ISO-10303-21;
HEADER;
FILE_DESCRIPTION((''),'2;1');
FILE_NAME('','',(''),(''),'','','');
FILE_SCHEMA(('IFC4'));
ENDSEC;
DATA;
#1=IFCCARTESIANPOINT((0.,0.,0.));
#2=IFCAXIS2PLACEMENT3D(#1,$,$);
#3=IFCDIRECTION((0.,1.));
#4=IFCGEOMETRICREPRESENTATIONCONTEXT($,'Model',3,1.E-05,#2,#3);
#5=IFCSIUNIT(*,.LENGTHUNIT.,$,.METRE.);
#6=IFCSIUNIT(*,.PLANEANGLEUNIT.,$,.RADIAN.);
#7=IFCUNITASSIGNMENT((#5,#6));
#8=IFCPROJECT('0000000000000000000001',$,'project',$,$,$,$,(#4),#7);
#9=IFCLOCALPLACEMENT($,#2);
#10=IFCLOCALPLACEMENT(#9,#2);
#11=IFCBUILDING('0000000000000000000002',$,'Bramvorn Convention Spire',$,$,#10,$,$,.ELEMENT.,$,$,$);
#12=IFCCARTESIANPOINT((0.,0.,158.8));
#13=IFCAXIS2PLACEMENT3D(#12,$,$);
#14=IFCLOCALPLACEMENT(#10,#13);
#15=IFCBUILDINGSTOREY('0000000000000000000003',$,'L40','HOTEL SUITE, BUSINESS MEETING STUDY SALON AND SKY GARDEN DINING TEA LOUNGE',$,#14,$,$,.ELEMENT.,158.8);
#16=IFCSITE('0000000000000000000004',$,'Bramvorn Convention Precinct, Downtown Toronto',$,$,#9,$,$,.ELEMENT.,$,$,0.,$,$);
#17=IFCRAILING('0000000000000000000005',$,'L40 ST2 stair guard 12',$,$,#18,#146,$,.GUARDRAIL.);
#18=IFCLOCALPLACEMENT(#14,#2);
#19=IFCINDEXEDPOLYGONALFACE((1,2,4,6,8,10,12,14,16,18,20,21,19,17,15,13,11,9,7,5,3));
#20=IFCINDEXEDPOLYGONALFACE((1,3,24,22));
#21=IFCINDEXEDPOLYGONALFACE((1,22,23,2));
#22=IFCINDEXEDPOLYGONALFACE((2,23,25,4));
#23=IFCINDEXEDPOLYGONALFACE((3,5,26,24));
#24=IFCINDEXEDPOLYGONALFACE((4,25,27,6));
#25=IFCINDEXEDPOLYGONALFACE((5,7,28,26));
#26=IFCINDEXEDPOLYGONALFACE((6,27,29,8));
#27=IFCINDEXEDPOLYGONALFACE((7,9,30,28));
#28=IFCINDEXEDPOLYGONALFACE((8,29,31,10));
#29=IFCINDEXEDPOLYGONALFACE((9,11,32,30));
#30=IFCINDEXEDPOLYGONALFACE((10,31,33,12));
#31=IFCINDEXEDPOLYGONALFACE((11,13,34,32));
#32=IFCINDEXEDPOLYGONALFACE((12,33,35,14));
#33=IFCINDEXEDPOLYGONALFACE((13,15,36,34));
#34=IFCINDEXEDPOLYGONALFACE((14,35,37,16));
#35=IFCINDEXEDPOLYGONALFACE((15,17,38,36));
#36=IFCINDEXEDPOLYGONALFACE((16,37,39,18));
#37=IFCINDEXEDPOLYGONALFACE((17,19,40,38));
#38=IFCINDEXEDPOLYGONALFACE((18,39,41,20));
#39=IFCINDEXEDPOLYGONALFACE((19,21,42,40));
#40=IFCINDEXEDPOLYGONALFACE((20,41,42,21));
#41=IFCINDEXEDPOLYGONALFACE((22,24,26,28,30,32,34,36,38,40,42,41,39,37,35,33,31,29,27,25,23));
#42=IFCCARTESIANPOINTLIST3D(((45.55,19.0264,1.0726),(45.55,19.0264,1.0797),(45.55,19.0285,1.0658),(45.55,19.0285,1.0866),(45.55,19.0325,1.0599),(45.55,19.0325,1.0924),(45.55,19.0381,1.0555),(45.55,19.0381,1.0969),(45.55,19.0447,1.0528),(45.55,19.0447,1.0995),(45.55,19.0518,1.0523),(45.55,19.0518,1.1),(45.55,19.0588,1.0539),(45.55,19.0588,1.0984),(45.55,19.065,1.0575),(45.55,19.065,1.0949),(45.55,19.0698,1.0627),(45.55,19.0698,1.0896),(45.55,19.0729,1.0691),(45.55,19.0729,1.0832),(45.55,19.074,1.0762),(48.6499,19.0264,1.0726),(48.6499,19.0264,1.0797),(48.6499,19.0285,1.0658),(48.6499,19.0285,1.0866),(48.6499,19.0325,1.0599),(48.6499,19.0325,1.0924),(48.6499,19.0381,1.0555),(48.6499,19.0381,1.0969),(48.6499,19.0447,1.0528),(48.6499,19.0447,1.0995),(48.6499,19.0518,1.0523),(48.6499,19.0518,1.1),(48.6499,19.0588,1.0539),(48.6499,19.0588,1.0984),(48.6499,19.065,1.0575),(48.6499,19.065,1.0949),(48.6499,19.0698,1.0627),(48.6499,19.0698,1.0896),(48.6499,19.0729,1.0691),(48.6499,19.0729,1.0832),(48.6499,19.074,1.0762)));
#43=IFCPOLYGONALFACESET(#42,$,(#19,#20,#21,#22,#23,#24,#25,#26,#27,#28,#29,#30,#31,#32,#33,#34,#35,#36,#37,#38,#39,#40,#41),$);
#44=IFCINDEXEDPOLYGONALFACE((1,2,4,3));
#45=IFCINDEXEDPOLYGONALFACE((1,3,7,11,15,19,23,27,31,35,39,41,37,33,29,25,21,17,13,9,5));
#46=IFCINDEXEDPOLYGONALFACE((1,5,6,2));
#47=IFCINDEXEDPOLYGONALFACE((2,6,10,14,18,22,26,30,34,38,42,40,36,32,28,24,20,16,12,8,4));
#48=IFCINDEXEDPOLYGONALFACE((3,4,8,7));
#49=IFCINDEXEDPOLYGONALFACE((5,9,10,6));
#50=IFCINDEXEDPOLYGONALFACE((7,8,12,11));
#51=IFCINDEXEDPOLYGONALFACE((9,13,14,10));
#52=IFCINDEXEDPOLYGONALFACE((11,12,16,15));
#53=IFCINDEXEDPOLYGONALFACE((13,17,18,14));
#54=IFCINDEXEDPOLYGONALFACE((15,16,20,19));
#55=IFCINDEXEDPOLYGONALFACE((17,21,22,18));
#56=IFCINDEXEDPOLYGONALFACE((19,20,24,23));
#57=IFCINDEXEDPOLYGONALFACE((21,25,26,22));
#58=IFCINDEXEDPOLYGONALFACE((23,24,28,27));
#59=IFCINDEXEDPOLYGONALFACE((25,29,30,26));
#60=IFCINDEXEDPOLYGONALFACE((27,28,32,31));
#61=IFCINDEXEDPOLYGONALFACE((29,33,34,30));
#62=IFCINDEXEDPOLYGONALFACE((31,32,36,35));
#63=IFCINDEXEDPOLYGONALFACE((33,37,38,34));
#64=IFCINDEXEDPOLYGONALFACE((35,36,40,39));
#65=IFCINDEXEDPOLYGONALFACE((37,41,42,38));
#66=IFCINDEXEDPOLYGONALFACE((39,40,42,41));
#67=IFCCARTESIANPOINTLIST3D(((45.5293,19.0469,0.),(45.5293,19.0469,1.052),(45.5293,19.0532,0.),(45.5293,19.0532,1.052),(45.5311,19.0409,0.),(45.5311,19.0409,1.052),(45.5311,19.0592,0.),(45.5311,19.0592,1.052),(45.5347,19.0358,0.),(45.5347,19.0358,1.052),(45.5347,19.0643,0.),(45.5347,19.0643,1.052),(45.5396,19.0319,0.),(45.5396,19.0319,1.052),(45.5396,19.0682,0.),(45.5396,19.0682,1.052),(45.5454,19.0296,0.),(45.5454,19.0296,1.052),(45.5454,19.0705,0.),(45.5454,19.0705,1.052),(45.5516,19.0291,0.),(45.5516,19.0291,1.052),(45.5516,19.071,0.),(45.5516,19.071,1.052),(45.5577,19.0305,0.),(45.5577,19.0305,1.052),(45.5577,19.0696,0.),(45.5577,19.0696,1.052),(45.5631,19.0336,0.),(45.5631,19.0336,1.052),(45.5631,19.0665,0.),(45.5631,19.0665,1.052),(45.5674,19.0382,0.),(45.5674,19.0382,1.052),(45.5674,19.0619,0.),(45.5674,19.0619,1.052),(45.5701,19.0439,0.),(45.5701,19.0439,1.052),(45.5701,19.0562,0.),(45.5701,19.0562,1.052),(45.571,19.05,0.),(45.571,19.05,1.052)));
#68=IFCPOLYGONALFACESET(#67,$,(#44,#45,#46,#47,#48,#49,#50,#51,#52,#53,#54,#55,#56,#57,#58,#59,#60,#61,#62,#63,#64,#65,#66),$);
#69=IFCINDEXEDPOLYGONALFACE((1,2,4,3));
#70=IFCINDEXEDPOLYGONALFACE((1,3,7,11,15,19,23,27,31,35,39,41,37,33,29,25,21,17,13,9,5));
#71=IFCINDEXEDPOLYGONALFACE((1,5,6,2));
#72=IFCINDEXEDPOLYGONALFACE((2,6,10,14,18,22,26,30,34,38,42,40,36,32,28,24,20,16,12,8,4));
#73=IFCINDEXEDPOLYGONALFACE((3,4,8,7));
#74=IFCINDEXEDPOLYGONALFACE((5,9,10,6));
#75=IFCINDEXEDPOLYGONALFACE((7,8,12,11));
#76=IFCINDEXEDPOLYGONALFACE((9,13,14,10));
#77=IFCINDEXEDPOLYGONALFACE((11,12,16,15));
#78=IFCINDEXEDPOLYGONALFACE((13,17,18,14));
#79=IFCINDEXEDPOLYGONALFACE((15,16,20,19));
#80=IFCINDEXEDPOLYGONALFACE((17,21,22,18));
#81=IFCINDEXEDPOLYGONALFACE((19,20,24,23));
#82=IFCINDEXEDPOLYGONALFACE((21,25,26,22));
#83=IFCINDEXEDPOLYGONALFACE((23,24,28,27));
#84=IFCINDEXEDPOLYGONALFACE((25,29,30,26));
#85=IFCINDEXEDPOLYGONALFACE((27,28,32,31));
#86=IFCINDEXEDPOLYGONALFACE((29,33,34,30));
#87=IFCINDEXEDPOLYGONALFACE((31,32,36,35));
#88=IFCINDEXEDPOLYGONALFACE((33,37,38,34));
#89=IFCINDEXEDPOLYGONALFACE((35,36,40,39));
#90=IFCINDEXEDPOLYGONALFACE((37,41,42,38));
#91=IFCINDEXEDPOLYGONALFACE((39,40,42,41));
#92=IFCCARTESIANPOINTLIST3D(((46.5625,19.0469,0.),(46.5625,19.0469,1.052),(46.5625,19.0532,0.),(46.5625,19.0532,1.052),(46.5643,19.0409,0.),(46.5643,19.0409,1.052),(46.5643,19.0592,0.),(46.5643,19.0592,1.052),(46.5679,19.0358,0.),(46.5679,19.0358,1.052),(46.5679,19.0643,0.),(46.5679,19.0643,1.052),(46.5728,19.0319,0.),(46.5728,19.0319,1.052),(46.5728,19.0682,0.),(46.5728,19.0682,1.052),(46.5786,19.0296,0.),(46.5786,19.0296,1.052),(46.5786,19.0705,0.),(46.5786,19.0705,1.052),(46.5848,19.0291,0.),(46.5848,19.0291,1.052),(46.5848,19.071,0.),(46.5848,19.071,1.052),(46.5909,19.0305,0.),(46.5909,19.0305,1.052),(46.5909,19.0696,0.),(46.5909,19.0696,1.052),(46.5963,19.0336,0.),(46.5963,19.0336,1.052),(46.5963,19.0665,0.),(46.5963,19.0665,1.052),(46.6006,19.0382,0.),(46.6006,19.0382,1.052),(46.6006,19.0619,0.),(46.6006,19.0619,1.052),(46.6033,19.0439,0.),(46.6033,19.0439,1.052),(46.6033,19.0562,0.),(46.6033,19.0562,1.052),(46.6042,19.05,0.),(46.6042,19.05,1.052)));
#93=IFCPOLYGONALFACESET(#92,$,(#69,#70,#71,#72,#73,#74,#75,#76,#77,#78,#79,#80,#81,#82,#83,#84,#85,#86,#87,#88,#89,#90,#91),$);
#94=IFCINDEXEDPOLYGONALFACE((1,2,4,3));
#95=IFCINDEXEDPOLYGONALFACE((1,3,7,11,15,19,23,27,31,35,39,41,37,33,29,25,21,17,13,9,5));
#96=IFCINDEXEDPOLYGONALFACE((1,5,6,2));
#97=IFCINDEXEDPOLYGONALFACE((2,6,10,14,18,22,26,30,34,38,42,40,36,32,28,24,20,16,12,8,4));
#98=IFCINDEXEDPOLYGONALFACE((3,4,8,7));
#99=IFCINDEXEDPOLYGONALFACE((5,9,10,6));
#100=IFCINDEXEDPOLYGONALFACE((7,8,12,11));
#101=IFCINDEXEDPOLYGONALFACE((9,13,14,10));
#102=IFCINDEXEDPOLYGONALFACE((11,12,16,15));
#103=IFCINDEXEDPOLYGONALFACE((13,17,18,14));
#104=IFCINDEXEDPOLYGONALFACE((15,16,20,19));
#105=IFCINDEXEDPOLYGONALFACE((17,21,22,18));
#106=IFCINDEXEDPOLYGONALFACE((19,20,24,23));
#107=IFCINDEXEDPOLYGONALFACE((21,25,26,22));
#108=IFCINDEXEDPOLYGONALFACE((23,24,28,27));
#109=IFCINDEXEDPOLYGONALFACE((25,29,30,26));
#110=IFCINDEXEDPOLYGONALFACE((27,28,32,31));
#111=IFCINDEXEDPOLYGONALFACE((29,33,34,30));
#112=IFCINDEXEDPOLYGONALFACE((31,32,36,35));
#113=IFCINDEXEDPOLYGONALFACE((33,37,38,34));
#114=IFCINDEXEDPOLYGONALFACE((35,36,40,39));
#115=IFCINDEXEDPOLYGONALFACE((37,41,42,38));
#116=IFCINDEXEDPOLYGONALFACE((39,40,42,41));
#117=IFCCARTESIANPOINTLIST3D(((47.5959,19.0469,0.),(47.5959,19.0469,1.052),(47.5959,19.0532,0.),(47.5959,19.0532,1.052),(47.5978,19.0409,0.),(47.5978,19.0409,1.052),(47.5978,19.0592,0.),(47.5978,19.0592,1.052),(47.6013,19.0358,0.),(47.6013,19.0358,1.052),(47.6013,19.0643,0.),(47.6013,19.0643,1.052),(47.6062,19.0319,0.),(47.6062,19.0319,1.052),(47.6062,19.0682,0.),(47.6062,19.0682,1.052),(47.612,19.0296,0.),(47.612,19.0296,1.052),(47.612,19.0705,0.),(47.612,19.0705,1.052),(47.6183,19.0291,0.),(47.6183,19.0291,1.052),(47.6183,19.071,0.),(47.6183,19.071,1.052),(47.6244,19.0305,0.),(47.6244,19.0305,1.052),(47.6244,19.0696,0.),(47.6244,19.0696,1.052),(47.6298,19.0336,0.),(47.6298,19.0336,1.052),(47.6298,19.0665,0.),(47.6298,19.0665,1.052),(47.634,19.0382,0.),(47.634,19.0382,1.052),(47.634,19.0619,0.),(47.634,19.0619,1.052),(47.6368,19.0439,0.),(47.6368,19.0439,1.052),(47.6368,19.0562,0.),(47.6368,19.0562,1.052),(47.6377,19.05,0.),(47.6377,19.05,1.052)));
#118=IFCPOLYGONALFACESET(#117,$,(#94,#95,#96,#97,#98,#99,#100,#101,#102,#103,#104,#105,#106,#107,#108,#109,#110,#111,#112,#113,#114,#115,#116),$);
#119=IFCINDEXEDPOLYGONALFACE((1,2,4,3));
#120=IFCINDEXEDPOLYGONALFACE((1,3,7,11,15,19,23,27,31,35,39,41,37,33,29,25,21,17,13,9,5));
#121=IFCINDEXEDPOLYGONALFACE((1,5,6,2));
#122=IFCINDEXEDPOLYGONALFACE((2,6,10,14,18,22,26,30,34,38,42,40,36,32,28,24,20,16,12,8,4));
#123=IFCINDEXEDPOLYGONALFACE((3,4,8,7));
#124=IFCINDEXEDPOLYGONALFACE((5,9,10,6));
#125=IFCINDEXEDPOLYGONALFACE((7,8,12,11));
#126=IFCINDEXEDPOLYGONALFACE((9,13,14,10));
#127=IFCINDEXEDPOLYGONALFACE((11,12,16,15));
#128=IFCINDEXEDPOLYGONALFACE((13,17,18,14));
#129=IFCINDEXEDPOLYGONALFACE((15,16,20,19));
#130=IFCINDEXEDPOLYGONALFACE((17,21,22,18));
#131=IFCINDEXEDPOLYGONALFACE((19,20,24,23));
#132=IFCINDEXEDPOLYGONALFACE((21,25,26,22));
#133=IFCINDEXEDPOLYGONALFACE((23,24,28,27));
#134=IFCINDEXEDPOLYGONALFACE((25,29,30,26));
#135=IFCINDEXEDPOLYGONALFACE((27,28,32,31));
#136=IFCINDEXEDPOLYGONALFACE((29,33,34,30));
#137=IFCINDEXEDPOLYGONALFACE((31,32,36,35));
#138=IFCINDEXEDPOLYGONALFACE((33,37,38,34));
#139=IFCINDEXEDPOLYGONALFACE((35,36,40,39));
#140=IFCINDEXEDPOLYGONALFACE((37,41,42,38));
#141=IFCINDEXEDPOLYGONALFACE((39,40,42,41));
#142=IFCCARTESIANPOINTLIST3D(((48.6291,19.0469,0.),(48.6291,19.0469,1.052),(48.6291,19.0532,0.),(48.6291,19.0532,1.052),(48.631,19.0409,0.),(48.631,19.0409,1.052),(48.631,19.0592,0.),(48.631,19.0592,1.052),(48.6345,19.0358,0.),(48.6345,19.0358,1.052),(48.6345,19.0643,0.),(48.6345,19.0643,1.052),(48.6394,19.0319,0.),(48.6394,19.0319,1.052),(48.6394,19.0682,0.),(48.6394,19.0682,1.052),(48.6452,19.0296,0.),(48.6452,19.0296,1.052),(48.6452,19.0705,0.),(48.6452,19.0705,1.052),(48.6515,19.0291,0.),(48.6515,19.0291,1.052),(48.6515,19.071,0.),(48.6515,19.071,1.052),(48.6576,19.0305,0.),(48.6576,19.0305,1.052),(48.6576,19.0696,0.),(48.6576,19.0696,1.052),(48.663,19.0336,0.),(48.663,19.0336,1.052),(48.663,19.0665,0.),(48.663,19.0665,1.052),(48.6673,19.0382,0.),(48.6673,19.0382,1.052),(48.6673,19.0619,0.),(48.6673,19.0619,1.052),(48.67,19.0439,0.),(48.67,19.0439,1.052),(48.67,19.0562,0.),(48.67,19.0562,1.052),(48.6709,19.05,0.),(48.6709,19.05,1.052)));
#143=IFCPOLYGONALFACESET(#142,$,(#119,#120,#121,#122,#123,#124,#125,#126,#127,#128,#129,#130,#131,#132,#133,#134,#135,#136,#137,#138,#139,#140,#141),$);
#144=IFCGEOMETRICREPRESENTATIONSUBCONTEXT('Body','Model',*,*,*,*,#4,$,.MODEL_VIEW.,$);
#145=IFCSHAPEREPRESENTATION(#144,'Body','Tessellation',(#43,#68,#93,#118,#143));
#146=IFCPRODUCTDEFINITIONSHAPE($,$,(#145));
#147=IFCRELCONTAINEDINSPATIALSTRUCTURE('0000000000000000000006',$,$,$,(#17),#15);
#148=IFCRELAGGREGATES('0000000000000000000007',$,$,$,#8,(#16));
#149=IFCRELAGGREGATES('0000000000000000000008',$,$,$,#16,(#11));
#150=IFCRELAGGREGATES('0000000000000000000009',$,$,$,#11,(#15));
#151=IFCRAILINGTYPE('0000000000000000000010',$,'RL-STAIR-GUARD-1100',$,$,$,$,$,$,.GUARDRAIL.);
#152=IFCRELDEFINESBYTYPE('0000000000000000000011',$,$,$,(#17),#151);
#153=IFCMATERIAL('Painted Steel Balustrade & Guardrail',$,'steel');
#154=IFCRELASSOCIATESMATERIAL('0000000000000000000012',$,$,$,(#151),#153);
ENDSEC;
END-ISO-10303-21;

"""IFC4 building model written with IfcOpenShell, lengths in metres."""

from ifc_helpers import new_model, si_unit, direction, frame, origin, origin_2d, place, context, subcontext, project, spatial, circle, extrude, material, type_object, element, save


model = new_model("IFC4")

# Units and contexts
model_context = context("Model", 3, precision=1e-05, world=origin(), true_north=direction((0.0, 1.0)))
body_context = subcontext(model_context, "Body", "Model", "MODEL_VIEW")
ifc_project = project(units=[si_unit("LENGTHUNIT", "METRE"), si_unit("PLANEANGLEUNIT", "RADIAN")], contexts=[model_context])

# Site, building, storey
site_placement = place(None, origin())
site = spatial("IfcSite", under=ifc_project, at=site_placement, Name="Bramvorn Convention Precinct, Downtown Toronto", CompositionType="ELEMENT", RefElevation=0.0)
building_placement = place(site_placement, origin())
building = spatial("IfcBuilding", under=site, at=building_placement, Name="Bramvorn Convention Spire", CompositionType="ELEMENT")
storey_placement = place(building_placement, frame((0.0, 0.0, 158.8)))
storey = spatial("IfcBuildingStorey", under=building, at=storey_placement, Name="L40", Description="HOTEL SUITE, BUSINESS MEETING STUDY SALON AND SKY GARDEN DINING TEA LOUNGE", CompositionType="ELEMENT", Elevation=158.8)

# Railing
ifc_material_1 = material(Name="Painted Steel Balustrade & Guardrail", Category="steel")
railing_type = type_object("IfcRailingType", Name="RL-STAIR-GUARD-1100", PredefinedType="GUARDRAIL", material=ifc_material_1)
railing_1_placement = place(storey_placement, frame((45.55, 19.05, 0.0)))
element("IfcRailing", 1, at=railing_1_placement, inside=storey, type_object=railing_type, Name="L40 ST2 stair guard 12", PredefinedType="GUARDRAIL", context=body_context, shape_type="SweptSolid", body=[
    extrude(circle(Radius=0.0239, at=origin_2d()), frame((0.0, 0.0, 1.0762), z_axis=(1.0, 0.0, 0.0), x_axis=(0.0, 1.0, 0.0)), (0.0, 0.0, 1.0), 3.0999),
    extrude(circle(Radius=0.021, at=origin_2d()), origin(), (0.0, 0.0, 1.0), 1.052),
    extrude(circle(Radius=0.021, at=origin_2d()), frame((1.0332, 0.0, 0.0)), (0.0, 0.0, 1.0), 1.052),
    extrude(circle(Radius=0.021, at=origin_2d()), frame((2.0667, 0.0, 0.0)), (0.0, 0.0, 1.0), 1.052),
    extrude(circle(Radius=0.021, at=origin_2d()), frame((3.0999, 0.0, 0.0)), (0.0, 0.0, 1.0), 1.052),
])

save(model, "model.ifc")
